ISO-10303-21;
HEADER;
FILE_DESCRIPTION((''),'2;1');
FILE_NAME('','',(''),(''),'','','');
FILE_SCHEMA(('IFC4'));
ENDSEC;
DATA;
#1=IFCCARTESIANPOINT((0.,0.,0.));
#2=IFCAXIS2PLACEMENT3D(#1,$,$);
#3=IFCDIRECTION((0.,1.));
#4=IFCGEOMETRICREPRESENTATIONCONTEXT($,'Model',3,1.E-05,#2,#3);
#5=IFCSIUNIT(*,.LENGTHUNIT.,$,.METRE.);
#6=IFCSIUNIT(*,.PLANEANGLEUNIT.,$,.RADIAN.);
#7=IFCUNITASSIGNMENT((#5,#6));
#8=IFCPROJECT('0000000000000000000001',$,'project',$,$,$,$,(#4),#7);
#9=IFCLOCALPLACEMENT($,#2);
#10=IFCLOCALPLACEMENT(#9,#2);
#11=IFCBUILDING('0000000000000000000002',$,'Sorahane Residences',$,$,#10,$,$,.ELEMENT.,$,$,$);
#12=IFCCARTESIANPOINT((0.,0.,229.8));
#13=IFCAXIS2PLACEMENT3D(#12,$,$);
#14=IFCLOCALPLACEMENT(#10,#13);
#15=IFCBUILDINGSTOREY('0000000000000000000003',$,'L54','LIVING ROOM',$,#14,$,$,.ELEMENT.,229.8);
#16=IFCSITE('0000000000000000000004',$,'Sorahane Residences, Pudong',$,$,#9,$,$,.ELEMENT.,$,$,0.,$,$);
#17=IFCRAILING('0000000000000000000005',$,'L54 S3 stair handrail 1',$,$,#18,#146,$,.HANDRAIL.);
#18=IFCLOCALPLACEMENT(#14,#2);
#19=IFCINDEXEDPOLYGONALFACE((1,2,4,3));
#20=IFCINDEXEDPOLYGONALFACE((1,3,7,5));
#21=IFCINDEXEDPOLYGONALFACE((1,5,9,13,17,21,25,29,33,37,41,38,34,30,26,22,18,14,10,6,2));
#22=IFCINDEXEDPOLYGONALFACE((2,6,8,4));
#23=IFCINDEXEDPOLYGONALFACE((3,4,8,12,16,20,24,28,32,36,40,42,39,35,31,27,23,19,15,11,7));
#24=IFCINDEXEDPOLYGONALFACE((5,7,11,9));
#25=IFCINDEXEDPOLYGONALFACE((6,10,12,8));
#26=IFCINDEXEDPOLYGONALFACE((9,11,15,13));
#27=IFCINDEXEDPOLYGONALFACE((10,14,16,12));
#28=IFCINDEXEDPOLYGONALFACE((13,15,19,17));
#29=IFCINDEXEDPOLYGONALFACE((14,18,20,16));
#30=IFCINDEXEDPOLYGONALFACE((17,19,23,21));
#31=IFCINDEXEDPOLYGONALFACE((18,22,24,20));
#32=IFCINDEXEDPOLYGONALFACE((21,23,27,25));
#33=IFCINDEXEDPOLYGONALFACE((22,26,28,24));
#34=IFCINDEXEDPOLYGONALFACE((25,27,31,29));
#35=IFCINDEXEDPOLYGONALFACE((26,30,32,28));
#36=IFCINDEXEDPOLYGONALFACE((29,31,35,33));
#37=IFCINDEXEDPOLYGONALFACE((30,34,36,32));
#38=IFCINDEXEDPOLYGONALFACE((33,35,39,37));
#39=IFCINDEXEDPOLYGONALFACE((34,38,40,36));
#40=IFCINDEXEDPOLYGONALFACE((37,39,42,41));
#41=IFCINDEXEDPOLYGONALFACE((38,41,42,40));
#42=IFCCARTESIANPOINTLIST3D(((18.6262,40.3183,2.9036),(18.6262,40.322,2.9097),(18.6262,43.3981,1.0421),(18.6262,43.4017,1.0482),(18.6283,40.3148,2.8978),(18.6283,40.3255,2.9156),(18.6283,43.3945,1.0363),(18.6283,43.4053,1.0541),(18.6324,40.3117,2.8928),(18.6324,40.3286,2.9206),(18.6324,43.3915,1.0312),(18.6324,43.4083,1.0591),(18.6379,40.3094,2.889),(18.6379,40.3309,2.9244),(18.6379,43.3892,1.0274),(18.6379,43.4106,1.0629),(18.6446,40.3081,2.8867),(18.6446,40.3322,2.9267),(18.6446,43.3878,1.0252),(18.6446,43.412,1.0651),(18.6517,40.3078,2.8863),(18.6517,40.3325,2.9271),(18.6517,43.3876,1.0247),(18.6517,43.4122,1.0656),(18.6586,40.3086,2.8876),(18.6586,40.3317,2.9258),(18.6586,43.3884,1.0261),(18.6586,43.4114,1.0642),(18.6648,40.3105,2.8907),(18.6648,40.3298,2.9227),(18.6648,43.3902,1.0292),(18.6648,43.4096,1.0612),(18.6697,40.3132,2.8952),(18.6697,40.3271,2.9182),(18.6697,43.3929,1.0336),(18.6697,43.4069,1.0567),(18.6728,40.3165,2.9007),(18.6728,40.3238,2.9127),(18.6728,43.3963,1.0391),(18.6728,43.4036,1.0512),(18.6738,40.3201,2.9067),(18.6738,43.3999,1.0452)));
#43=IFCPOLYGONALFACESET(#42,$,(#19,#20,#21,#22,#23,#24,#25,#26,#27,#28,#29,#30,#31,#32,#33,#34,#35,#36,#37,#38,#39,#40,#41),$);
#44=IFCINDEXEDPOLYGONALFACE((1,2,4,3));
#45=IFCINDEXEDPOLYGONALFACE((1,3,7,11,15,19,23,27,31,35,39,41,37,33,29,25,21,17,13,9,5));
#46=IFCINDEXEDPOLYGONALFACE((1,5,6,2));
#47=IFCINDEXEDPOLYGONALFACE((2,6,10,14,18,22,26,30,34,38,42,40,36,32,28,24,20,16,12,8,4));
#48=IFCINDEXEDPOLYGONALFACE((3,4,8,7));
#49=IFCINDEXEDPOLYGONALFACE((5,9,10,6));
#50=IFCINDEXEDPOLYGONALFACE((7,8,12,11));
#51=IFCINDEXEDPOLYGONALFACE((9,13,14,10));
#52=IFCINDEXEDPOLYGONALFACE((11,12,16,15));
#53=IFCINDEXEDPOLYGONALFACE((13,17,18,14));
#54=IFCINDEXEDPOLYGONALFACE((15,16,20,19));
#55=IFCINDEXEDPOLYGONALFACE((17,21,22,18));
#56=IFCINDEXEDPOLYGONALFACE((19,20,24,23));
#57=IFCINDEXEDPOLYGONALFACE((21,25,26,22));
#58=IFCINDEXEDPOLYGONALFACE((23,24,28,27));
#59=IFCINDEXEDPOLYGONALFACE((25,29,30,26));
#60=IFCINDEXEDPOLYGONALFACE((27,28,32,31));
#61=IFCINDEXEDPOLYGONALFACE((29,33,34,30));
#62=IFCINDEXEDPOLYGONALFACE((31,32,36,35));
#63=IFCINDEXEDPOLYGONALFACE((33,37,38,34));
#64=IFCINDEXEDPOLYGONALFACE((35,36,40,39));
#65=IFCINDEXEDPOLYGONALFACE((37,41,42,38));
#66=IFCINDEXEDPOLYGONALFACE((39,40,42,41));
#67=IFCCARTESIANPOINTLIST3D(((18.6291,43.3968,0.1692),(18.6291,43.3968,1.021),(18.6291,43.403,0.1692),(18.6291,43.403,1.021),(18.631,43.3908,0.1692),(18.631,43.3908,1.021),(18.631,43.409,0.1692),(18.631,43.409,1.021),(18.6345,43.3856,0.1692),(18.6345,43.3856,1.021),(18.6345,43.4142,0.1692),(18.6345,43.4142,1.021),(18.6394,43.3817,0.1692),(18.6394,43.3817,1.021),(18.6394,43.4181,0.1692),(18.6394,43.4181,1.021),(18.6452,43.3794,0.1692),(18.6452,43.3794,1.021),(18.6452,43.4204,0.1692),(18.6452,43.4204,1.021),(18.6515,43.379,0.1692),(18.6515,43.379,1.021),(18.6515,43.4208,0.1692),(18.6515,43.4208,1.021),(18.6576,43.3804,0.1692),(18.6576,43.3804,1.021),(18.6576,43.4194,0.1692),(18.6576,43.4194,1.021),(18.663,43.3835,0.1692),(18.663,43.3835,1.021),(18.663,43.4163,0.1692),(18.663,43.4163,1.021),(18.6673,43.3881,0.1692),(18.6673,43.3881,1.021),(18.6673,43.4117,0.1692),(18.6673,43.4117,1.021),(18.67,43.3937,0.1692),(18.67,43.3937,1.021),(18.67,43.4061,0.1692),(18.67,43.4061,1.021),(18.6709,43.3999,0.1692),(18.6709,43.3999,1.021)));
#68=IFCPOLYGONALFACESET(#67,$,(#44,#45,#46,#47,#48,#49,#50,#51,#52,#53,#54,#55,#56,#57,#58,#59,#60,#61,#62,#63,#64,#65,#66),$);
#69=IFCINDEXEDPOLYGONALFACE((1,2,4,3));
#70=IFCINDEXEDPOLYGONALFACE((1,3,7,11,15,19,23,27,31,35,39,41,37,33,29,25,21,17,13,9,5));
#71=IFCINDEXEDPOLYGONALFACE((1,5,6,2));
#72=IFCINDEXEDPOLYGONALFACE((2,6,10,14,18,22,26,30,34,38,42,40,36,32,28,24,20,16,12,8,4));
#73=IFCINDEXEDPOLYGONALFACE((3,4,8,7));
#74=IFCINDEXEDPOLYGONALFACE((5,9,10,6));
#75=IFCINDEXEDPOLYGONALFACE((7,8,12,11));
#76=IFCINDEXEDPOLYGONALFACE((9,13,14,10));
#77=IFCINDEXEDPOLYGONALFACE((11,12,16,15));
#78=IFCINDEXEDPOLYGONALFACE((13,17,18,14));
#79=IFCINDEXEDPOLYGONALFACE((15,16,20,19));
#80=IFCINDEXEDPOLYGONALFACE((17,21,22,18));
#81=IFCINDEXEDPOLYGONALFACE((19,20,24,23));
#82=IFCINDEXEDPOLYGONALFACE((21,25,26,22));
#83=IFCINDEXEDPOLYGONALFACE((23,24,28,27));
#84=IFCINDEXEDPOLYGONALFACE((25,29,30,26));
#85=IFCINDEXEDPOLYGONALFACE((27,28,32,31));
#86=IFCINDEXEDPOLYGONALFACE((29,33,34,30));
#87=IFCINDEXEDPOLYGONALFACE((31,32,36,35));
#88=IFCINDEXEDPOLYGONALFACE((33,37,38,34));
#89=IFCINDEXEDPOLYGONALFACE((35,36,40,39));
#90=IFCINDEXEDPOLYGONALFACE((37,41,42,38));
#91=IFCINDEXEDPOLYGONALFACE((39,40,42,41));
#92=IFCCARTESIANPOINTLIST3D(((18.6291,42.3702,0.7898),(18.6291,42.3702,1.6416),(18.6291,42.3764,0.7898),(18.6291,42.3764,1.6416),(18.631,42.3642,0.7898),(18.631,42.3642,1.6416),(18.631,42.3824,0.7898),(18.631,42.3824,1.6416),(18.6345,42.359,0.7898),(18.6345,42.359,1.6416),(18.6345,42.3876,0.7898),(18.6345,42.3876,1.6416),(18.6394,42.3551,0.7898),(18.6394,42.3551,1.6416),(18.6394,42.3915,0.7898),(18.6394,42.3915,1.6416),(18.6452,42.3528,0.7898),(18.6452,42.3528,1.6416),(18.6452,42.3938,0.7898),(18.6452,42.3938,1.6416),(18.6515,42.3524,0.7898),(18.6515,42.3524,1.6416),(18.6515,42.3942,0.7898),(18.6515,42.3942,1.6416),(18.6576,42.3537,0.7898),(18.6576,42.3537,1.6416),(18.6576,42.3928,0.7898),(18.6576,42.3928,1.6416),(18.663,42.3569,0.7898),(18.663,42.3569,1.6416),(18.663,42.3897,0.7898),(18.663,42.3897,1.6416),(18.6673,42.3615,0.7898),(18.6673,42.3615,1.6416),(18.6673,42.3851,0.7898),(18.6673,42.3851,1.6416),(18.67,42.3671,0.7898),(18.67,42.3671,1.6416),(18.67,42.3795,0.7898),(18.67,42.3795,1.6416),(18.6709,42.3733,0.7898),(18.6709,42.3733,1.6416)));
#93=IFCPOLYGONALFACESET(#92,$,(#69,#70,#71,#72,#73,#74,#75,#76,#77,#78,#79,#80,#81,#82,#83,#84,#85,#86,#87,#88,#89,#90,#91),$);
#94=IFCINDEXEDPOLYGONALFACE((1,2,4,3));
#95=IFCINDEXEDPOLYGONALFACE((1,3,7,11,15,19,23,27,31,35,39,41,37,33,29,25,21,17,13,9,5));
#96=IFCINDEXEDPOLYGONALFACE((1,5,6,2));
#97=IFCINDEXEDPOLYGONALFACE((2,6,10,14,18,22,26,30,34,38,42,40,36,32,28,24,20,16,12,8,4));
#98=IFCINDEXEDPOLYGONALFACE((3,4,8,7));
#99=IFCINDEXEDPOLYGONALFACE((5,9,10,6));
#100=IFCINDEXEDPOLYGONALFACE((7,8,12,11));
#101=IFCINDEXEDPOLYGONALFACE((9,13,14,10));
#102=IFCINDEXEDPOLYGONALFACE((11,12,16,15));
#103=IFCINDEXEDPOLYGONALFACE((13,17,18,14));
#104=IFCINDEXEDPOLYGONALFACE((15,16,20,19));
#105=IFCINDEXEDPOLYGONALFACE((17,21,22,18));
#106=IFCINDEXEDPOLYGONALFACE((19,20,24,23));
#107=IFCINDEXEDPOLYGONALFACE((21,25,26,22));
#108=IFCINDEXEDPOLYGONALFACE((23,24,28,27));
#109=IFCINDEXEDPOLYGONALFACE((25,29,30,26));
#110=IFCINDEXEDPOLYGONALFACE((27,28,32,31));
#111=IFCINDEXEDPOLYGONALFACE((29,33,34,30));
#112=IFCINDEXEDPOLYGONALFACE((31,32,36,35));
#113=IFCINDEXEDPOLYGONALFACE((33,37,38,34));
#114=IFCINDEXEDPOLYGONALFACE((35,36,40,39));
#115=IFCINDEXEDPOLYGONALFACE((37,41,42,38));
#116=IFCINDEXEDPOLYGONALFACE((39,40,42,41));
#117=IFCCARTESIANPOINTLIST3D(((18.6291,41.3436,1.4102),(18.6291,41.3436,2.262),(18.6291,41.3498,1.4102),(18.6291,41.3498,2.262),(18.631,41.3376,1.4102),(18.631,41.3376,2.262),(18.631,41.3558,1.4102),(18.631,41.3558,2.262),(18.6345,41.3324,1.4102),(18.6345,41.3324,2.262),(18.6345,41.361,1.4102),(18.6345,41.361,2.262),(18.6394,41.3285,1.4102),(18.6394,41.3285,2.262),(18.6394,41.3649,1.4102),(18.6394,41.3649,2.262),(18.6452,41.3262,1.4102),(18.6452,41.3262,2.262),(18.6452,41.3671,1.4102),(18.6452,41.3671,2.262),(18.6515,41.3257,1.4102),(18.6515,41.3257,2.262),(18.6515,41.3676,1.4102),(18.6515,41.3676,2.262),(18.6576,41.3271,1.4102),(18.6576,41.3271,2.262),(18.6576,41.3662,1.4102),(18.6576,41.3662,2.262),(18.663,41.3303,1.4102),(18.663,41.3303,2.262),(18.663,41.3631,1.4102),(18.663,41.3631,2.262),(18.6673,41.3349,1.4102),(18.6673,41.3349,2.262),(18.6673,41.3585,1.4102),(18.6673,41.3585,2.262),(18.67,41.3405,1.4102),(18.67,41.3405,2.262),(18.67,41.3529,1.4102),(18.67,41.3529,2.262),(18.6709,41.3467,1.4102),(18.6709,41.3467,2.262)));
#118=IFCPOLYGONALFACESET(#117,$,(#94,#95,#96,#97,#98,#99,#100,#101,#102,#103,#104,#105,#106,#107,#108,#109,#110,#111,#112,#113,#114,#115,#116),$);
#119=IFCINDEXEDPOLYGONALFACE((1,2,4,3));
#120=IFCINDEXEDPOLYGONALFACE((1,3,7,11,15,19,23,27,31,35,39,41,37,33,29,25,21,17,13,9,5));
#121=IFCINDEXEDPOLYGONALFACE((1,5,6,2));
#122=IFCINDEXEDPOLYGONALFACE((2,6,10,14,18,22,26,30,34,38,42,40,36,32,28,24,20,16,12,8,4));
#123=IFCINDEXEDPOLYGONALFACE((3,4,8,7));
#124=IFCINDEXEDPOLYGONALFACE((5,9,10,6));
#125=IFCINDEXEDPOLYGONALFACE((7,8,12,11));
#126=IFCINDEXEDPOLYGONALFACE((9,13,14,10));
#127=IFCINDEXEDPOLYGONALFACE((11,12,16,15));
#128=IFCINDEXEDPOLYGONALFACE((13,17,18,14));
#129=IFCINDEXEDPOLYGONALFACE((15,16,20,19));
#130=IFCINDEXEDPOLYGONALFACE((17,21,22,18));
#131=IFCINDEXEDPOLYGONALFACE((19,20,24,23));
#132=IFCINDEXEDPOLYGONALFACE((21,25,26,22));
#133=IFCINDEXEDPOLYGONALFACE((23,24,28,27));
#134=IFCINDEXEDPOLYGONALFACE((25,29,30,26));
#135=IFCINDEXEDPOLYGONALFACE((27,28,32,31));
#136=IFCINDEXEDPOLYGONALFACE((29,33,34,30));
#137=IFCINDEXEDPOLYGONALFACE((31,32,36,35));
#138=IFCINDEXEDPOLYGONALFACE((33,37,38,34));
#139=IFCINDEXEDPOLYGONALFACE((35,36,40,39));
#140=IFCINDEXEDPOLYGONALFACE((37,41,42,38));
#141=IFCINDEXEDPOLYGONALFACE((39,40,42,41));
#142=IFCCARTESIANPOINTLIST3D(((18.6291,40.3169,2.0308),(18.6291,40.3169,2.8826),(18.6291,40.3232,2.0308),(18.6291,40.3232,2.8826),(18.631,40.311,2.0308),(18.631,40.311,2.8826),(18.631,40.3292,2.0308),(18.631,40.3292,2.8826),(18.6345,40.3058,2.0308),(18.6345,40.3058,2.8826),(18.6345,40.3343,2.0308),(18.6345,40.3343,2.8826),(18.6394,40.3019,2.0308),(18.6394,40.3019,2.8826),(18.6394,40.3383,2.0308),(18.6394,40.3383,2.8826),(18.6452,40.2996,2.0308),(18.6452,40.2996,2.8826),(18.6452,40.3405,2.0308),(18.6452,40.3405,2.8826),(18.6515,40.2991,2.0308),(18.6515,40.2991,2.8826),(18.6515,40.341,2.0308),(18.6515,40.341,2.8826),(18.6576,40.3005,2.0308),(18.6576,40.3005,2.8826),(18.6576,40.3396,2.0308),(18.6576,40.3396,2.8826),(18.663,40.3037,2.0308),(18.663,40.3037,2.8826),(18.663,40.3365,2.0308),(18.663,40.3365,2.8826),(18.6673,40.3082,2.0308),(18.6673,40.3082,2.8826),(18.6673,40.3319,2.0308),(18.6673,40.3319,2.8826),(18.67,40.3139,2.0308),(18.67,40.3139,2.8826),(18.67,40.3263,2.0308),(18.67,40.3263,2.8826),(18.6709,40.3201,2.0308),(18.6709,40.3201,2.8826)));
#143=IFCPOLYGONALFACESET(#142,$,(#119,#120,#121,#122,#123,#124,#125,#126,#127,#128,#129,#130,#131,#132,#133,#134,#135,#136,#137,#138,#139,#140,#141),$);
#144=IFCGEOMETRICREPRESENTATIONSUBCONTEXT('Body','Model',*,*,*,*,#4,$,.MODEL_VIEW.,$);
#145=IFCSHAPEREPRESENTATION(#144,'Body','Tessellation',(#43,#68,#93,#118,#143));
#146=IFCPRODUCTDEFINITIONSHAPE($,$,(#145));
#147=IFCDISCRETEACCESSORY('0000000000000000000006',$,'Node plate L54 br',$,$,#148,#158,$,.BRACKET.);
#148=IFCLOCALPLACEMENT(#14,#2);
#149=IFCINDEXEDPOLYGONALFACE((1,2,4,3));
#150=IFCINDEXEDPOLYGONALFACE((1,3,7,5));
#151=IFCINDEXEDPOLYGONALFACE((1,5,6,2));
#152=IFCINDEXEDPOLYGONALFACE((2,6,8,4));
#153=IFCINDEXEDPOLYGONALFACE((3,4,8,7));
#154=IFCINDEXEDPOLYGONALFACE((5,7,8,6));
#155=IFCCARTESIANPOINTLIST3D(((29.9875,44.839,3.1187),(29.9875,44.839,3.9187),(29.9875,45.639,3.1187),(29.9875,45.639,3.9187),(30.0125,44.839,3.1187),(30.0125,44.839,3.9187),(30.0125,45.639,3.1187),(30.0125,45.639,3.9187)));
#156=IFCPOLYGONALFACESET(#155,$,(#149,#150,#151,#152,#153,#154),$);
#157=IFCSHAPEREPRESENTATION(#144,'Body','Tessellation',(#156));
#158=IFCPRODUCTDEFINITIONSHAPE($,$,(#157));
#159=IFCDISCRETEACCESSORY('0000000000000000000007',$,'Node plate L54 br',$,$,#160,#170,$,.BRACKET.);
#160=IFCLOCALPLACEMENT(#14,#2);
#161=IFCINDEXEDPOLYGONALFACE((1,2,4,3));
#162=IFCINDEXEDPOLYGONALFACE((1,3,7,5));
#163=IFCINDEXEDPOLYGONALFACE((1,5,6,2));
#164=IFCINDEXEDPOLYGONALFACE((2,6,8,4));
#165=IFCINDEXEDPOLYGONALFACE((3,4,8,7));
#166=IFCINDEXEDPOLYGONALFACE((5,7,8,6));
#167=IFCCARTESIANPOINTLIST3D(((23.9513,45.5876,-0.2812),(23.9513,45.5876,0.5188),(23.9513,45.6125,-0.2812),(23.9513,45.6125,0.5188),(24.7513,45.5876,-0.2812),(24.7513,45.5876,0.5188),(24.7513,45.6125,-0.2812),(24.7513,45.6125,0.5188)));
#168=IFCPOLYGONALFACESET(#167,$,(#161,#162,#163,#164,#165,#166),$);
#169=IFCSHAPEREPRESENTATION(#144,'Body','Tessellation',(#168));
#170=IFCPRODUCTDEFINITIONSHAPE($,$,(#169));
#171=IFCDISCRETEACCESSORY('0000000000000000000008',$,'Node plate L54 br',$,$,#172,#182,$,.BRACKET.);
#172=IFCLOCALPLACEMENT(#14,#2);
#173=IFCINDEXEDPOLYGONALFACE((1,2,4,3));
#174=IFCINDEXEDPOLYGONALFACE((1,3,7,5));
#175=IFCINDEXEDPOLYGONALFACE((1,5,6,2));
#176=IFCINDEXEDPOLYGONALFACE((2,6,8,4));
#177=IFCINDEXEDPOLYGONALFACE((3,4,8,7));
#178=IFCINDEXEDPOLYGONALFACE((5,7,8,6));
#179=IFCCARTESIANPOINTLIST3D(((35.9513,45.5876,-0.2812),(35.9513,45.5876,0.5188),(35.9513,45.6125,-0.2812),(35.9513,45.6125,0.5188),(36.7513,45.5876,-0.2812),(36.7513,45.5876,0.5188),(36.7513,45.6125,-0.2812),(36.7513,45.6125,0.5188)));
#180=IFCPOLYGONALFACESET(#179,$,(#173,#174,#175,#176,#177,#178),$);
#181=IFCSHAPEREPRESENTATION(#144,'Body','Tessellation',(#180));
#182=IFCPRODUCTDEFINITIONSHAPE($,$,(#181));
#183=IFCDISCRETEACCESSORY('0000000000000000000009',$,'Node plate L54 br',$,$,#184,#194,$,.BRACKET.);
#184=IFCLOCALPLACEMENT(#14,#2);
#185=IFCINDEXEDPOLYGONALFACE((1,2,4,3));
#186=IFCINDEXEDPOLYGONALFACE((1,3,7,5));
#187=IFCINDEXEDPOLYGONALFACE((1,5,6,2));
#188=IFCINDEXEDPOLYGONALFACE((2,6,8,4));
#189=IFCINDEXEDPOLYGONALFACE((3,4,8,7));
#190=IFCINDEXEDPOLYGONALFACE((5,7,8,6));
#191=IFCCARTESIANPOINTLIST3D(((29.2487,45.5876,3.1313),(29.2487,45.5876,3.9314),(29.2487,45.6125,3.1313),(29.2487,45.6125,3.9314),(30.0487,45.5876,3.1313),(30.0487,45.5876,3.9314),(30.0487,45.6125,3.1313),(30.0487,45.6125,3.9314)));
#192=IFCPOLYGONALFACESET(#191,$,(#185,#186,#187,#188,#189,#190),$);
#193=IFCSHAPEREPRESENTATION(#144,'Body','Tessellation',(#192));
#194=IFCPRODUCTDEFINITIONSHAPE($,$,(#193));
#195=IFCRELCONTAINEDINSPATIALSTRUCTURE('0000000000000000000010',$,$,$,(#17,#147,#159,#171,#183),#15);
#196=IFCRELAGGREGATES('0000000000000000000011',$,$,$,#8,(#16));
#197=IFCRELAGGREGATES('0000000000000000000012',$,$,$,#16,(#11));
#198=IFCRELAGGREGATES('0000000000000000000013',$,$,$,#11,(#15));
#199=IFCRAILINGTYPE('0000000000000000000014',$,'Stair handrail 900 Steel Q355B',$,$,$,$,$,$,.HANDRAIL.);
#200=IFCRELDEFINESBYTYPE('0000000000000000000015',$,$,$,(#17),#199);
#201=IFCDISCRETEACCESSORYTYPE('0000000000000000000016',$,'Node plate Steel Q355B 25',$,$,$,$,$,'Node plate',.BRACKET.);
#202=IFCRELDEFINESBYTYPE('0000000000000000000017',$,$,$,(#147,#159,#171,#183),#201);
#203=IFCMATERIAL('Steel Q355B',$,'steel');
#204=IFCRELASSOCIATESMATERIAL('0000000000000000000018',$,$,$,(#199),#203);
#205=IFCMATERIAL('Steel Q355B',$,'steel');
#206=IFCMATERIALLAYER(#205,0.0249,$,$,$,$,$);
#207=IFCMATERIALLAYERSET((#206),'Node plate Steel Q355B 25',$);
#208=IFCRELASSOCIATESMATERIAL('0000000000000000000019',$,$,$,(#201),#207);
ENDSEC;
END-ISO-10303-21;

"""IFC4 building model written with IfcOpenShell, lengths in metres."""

from ifc_helpers import new_model, si_unit, direction, frame, origin, origin_2d, place, context, subcontext, project, spatial, rectangle, circle, extrude, material, layer, layer_set, type_object, element, save


model = new_model("IFC4")

# Units and contexts
model_context = context("Model", 3, precision=1e-05, world=origin(), true_north=direction((0.0, 1.0)))
body_context = subcontext(model_context, "Body", "Model", "MODEL_VIEW")
ifc_project = project(units=[si_unit("LENGTHUNIT", "METRE"), si_unit("PLANEANGLEUNIT", "RADIAN")], contexts=[model_context])

# Site, building, storey
site_placement = place(None, origin())
site = spatial("IfcSite", under=ifc_project, at=site_placement, Name="Sorahane Residences, Pudong", CompositionType="ELEMENT", RefElevation=0.0)
building_placement = place(site_placement, origin())
building = spatial("IfcBuilding", under=site, at=building_placement, Name="Sorahane Residences", CompositionType="ELEMENT")
storey_placement = place(building_placement, frame((0.0, 0.0, 229.8)))
storey = spatial("IfcBuildingStorey", under=building, at=storey_placement, Name="L54", Description="LIVING ROOM", CompositionType="ELEMENT", Elevation=229.8)

# Railing
ifc_material_1 = material(Name="Steel Q355B", Category="steel")
railing_type_1 = type_object("IfcRailingType", Name="Stair handrail 900 Steel Q355B", PredefinedType="HANDRAIL", material=ifc_material_1)
railing_1_placement = place(storey_placement, frame((18.6499, 43.3999, 0.1692)))
element("IfcRailing", 1, at=railing_1_placement, inside=storey, type_object=railing_type_1, Name="L54 S3 stair handrail 1", PredefinedType="HANDRAIL", context=body_context, shape_type="SweptSolid", body=[
    extrude(circle(Radius=0.0239, at=origin_2d()), frame((0.0, 0.0, 0.876), z_axis=(0.0, -0.855812, 0.517286), x_axis=(1.0, 0.0, 0.0)), (0.0, 0.0, 1.0), 3.5986),
    extrude(circle(Radius=0.021, at=origin_2d()), origin(), (0.0, 0.0, 1.0), 0.8518),
    extrude(circle(Radius=0.021, at=origin_2d()), frame((0.0, -1.0266, 0.6206)), (0.0, 0.0, 1.0), 0.8518),
    extrude(circle(Radius=0.021, at=origin_2d()), frame((0.0, -2.0532, 1.241)), (0.0, 0.0, 1.0), 0.8518),
    extrude(circle(Radius=0.021, at=origin_2d()), frame((0.0, -3.0798, 1.8616)), (0.0, 0.0, 1.0), 0.8518),
])

# Discrete accessories
ifc_material_2 = material(Name="Steel Q355B", Category="steel")
ifc_layer_1 = layer(ifc_material_2, 0.0249)
ifc_layer_set_1 = layer_set([ifc_layer_1], Name="Node plate Steel Q355B 25")
discrete_accessory_type = type_object("IfcDiscreteAccessoryType", Name="Node plate Steel Q355B 25", ElementType="Node plate", PredefinedType="BRACKET", material=ifc_layer_set_1)
for number, where, z_axis, x_axis, name in (
    (2, (30.0, 45.239, 3.1187), (0.0, 0.0, 1.0), (0.0, 1.0, 0.0), "Node plate L54 br"),
    (3, (24.3513, 45.6001, -0.2812), (0.0, 0.0, 1.0), (1.0, 0.0, 0.0), "Node plate L54 br"),
    (4, (36.3513, 45.6001, -0.2812), (0.0, 0.0, 1.0), (1.0, 0.0, 0.0), "Node plate L54 br"),
    (5, (29.6487, 45.6001, 3.1313), (0.0, 0.0, 1.0), (1.0, 0.0, 0.0), "Node plate L54 br"),
):
    element("IfcDiscreteAccessory", number, at=place(storey_placement, frame(where, z_axis=z_axis, x_axis=x_axis)), inside=storey, type_object=discrete_accessory_type, Name=name, PredefinedType="BRACKET", context=body_context, shape_type="SweptSolid", body=[
        extrude(rectangle(XDim=0.8, YDim=0.0249, at=origin_2d()), origin(), (0.0, 0.0, 1.0), 0.8),
    ])

save(model, "model.ifc")
